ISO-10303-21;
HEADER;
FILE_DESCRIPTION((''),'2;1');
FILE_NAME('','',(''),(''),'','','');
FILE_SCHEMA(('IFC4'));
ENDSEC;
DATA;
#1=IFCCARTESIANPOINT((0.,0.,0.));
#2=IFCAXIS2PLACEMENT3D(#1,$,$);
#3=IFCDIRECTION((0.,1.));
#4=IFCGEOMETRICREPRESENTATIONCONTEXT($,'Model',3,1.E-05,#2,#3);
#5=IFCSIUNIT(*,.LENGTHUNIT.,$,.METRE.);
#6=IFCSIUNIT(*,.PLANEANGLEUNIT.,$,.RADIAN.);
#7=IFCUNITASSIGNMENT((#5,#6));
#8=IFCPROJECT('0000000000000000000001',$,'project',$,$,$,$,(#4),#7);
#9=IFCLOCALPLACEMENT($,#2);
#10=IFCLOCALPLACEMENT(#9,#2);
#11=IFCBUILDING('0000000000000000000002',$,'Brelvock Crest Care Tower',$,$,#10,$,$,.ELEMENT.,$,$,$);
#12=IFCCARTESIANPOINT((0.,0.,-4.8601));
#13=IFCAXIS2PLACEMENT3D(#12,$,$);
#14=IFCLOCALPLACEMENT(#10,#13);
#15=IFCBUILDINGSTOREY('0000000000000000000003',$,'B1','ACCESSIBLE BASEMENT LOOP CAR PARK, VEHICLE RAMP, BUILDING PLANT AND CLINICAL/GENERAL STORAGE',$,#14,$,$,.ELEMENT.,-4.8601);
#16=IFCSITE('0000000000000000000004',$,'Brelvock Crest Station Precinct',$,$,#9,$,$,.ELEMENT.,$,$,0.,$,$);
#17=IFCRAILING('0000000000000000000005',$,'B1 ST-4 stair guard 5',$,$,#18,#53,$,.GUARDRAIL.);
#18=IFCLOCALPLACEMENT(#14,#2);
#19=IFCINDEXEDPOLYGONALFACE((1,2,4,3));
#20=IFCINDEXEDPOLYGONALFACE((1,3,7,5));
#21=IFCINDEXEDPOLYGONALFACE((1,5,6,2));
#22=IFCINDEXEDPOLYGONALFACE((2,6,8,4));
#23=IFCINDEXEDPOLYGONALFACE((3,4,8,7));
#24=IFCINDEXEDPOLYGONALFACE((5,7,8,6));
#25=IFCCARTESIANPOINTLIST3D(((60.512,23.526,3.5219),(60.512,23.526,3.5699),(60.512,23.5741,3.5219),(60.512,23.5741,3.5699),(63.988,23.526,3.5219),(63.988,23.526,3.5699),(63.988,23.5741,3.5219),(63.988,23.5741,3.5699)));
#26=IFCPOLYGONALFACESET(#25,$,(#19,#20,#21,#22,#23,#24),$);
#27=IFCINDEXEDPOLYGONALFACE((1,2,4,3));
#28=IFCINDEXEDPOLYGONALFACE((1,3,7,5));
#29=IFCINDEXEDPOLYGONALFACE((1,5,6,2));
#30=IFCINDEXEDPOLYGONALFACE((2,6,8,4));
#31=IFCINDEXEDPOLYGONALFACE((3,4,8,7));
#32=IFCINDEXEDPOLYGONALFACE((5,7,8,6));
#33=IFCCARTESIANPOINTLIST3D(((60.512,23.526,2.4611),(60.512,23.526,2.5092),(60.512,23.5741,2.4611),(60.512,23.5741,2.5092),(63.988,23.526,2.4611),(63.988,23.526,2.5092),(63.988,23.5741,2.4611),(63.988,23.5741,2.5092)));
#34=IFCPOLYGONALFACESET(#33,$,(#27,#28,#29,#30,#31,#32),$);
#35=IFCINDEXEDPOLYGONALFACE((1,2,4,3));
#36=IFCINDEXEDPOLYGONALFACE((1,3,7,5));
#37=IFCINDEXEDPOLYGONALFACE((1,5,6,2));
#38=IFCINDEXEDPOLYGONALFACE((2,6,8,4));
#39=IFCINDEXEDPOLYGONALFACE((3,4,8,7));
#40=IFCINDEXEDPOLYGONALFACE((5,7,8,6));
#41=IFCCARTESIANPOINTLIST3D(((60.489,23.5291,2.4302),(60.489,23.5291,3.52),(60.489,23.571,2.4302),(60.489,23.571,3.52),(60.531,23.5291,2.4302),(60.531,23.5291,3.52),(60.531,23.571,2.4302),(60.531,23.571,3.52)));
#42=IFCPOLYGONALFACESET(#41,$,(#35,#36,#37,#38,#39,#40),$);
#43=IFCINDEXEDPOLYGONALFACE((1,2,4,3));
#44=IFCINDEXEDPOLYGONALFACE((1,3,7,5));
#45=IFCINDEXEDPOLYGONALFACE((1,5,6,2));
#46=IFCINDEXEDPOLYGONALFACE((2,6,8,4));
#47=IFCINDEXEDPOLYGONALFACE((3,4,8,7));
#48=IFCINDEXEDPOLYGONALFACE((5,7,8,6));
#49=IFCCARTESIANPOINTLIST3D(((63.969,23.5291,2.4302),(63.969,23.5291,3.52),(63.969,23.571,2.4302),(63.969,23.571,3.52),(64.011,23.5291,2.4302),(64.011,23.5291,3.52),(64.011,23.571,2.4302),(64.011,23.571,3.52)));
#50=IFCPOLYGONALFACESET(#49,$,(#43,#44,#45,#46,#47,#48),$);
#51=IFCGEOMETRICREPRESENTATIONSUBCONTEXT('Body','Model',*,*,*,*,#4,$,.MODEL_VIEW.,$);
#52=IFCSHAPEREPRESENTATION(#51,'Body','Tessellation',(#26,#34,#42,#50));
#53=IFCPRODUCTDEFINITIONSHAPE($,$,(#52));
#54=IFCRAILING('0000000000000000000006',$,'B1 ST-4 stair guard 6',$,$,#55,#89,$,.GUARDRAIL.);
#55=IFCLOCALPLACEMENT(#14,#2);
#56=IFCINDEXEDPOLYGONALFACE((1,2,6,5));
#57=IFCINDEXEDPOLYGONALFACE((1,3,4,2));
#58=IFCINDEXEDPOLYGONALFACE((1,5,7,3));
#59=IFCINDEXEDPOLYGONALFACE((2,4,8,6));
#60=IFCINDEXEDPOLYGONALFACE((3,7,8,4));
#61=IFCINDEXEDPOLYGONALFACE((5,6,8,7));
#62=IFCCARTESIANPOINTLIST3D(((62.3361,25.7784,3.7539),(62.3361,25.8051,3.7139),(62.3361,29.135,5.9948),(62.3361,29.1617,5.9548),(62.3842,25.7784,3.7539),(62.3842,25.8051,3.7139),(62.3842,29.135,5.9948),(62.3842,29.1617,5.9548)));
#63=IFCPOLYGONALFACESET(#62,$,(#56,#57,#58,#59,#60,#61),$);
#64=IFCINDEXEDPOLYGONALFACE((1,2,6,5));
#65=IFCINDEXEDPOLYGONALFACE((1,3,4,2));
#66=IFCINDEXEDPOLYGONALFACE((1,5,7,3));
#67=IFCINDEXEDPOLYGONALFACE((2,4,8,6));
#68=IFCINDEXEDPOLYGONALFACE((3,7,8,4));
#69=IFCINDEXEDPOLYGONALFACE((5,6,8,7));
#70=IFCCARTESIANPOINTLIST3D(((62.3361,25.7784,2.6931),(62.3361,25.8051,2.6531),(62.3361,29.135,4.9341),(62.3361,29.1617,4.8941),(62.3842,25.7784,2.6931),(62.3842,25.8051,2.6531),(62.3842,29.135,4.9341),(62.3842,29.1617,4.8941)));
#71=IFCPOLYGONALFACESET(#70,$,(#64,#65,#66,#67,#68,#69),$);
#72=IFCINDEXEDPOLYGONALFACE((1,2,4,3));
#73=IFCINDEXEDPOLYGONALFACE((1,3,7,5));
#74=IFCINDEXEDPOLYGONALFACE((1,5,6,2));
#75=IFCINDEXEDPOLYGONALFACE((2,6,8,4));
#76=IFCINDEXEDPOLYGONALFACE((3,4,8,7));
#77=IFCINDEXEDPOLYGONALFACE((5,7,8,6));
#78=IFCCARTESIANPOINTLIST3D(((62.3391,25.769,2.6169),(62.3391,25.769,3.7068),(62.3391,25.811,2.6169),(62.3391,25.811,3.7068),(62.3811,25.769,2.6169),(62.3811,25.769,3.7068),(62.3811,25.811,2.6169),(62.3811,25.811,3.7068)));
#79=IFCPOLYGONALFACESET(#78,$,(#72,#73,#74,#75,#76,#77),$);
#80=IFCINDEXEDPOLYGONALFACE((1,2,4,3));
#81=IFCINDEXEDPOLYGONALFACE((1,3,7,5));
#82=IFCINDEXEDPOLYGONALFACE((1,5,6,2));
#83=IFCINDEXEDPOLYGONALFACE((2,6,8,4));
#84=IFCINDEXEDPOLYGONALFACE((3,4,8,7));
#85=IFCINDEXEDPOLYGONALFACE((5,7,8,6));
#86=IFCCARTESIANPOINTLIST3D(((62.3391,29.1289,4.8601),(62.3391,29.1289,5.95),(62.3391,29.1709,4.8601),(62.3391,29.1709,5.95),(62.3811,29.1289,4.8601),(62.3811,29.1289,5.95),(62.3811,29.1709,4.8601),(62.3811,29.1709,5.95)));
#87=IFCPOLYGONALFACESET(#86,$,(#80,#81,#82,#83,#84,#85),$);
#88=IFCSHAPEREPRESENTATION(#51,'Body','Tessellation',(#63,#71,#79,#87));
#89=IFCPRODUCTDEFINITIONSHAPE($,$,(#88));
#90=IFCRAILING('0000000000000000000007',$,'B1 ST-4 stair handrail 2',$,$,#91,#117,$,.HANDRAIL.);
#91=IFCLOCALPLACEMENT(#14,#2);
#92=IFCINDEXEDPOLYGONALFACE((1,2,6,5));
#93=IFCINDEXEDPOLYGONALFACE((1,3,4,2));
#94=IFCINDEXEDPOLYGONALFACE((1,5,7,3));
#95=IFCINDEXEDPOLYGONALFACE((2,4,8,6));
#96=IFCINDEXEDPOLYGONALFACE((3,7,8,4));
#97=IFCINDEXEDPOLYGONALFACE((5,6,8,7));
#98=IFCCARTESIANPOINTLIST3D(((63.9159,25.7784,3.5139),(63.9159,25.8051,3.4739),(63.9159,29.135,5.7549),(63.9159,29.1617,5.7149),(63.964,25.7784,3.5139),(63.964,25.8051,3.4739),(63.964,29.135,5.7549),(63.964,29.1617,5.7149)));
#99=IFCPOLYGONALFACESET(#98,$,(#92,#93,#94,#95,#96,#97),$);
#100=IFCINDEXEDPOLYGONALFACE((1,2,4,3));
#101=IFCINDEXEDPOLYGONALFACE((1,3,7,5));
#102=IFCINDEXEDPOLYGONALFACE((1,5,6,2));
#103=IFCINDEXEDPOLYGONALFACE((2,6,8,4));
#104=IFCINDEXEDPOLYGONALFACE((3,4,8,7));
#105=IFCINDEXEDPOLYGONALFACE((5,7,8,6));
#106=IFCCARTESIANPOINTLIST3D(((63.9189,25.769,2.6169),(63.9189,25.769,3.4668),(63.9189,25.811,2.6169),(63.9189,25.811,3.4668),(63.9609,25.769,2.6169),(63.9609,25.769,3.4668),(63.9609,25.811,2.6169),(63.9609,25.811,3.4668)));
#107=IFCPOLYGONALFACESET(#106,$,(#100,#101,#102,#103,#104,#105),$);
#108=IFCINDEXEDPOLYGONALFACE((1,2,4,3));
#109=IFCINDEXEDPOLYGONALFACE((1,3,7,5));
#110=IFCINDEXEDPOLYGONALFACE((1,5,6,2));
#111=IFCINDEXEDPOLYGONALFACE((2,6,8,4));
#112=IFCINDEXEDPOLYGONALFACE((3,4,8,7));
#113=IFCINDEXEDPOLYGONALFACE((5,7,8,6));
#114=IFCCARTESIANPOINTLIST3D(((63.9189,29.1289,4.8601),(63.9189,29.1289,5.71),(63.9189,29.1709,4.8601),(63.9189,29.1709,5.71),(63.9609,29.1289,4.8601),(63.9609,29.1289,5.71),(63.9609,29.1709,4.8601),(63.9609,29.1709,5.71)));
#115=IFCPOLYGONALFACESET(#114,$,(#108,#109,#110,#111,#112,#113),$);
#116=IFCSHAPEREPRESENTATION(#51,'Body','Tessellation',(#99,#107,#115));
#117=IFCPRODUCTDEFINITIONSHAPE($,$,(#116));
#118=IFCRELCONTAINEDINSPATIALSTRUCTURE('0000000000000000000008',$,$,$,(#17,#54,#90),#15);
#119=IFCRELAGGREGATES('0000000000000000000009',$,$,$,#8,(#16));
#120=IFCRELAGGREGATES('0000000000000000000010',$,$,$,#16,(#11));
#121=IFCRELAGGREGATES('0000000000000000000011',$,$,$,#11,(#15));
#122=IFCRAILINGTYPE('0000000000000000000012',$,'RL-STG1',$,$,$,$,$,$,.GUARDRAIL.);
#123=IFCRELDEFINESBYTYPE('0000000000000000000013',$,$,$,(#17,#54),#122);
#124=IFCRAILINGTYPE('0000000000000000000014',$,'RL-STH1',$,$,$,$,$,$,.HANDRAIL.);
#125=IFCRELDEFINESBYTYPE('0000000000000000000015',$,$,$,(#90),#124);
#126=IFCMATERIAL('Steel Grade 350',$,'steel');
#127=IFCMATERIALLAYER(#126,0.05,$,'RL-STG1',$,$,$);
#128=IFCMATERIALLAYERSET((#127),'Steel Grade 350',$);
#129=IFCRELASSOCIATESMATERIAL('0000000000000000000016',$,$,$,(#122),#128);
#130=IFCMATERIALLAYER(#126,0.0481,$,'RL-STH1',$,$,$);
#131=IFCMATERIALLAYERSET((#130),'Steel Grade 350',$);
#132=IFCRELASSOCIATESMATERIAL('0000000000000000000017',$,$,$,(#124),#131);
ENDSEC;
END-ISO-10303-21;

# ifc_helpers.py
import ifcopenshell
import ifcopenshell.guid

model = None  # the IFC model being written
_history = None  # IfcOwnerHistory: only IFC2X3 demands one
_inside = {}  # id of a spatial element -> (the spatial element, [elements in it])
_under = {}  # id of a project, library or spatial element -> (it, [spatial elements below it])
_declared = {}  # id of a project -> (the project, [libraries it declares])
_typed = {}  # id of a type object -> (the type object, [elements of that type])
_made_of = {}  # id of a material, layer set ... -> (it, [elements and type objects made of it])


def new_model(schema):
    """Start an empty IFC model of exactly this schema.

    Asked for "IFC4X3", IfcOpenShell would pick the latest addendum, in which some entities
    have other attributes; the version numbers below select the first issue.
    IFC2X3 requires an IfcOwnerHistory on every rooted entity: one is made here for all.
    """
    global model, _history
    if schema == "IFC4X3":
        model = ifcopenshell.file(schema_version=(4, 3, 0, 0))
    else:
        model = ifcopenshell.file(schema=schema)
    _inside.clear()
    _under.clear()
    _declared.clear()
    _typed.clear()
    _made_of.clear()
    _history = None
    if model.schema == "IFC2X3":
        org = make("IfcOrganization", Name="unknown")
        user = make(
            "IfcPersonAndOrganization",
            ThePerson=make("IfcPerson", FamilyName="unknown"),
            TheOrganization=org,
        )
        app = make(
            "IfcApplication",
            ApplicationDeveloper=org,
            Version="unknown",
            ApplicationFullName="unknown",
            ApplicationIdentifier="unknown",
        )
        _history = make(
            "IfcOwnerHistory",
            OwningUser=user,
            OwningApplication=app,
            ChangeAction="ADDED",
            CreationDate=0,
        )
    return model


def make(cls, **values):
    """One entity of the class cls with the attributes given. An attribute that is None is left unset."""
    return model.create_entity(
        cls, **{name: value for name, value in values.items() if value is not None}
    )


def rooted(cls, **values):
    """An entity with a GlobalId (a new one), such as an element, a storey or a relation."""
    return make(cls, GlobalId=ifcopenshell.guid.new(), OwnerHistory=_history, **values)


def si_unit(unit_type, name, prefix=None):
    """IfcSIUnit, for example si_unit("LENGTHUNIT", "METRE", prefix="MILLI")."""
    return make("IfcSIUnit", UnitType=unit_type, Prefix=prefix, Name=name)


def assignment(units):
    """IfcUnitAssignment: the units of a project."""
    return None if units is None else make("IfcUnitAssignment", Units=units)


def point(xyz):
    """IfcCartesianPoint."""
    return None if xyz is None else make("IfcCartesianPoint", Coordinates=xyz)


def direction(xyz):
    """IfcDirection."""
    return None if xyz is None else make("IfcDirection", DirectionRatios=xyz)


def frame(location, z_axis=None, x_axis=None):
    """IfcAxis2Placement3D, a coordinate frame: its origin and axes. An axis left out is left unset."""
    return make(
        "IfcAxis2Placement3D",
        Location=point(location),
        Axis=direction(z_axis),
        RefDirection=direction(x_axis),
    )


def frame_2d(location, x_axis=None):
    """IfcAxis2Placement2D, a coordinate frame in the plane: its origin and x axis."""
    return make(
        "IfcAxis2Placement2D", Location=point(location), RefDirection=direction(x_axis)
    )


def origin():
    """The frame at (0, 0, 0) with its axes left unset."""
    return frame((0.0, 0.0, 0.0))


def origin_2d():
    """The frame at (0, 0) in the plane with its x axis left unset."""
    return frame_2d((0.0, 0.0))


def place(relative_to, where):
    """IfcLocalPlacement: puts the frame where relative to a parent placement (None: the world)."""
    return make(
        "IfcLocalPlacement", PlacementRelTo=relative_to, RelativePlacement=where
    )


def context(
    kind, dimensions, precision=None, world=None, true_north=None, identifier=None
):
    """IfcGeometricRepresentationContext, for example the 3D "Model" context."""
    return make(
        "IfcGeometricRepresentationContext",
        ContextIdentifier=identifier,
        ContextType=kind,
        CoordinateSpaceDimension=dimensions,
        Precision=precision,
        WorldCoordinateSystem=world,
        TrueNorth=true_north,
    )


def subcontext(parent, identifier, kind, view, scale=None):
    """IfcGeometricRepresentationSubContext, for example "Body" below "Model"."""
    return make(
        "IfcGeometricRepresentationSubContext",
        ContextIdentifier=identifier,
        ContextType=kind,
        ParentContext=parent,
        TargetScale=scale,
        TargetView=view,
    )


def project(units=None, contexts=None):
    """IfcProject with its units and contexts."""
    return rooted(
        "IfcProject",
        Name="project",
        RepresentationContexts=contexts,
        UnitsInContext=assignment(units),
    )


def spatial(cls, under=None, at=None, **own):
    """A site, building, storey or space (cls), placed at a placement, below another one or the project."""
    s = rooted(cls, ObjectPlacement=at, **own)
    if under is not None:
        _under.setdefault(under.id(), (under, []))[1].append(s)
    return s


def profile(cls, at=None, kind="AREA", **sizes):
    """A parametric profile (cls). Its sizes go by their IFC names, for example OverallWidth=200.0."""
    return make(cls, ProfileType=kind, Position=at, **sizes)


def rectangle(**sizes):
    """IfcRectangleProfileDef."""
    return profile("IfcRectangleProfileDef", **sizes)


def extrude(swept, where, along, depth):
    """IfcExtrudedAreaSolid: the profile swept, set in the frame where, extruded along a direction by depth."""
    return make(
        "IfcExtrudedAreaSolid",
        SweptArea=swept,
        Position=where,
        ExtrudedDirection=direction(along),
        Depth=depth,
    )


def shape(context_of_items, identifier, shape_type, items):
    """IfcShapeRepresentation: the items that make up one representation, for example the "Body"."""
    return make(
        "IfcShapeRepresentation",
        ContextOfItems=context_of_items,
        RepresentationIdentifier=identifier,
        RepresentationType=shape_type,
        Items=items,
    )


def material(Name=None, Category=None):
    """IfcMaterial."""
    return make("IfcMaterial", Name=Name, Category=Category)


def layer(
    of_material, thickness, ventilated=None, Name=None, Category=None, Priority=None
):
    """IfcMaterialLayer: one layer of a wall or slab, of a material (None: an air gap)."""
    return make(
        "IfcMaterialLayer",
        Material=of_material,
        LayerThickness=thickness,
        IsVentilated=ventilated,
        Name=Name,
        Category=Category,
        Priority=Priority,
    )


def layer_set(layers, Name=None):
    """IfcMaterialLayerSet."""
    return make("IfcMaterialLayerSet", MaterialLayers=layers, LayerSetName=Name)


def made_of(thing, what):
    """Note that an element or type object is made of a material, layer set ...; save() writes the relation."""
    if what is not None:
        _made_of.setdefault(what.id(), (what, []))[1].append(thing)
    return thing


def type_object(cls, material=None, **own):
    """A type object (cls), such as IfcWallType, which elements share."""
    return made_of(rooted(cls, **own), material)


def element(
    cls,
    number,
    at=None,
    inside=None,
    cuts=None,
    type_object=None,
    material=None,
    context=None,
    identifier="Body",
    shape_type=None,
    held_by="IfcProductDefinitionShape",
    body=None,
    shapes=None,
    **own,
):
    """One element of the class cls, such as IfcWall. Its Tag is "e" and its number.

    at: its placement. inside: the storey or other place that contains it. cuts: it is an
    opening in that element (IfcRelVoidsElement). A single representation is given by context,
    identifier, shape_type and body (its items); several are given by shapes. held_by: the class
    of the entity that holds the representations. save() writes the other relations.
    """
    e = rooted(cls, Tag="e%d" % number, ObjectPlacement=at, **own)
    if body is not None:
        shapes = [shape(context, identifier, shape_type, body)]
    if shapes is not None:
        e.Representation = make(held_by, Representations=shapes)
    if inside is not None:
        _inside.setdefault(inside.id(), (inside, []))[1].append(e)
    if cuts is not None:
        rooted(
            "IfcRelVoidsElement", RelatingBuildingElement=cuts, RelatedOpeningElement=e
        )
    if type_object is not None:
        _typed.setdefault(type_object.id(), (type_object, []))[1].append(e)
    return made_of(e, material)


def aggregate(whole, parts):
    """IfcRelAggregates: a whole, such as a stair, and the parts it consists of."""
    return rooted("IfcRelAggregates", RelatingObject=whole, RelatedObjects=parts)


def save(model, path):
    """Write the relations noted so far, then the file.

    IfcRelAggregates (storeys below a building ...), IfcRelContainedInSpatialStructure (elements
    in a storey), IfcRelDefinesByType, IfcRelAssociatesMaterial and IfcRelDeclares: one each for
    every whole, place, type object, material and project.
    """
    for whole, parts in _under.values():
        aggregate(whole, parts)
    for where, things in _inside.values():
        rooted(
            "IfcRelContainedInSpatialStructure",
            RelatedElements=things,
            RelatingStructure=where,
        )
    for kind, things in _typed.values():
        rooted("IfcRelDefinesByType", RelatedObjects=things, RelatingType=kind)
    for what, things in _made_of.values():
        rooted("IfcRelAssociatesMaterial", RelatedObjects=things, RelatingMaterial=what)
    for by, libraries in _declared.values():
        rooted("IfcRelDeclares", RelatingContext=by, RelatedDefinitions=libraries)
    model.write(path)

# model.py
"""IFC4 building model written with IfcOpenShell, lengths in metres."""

from ifc_helpers import new_model, si_unit, direction, frame, origin, origin_2d, place, context, subcontext, project, spatial, rectangle, extrude, material, layer, layer_set, type_object, element, save


model = new_model("IFC4")

# Units and contexts
model_context = context("Model", 3, precision=1e-05, world=origin(), true_north=direction((0.0, 1.0)))
body_context = subcontext(model_context, "Body", "Model", "MODEL_VIEW")
ifc_project = project(units=[si_unit("LENGTHUNIT", "METRE"), si_unit("PLANEANGLEUNIT", "RADIAN")], contexts=[model_context])

# Site, building, storey
site_placement = place(None, origin())
site = spatial("IfcSite", under=ifc_project, at=site_placement, Name="Brelvock Crest Station Precinct", CompositionType="ELEMENT", RefElevation=0.0)
building_placement = place(site_placement, origin())
building = spatial("IfcBuilding", under=site, at=building_placement, Name="Brelvock Crest Care Tower", CompositionType="ELEMENT")
storey_placement = place(building_placement, frame((0.0, 0.0, -4.8601)))
storey = spatial("IfcBuildingStorey", under=building, at=storey_placement, Name="B1", Description="ACCESSIBLE BASEMENT LOOP CAR PARK, VEHICLE RAMP, BUILDING PLANT AND CLINICAL/GENERAL STORAGE", CompositionType="ELEMENT", Elevation=-4.8601)

# Shared definitions
ifc_material_1 = material(Name="Steel Grade 350", Category="steel")

# Railings
ifc_layer_1 = layer(ifc_material_1, 0.05, Name="RL-STG1")
ifc_layer_set_1 = layer_set([ifc_layer_1], Name="Steel Grade 350")
railing_type_1 = type_object("IfcRailingType", Name="RL-STG1", PredefinedType="GUARDRAIL", material=ifc_layer_set_1)
railing_1_placement = place(storey_placement, frame((60.51, 23.55, 2.4302)))
element("IfcRailing", 1, at=railing_1_placement, inside=storey, type_object=railing_type_1, Name="B1 ST-4 stair guard 5", PredefinedType="GUARDRAIL", context=body_context, shape_type="SweptSolid", body=[
    extrude(rectangle(XDim=0.0481, YDim=0.0481, at=origin_2d()), frame((0.002, 0.0, 1.1157), z_axis=(1.0, 0.0, 0.0), x_axis=(0.0, 1.0, 0.0)), (0.0, 0.0, 1.0), 3.4761),
    extrude(rectangle(XDim=0.0481, YDim=0.0481, at=origin_2d()), frame((0.002, 0.0, 0.0549), z_axis=(1.0, 0.0, 0.0), x_axis=(0.0, 1.0, 0.0)), (0.0, 0.0, 1.0), 3.4761),
    extrude(rectangle(XDim=0.042, YDim=0.042, at=origin_2d()), origin(), (0.0, 0.0, 1.0), 1.0898),
    extrude(rectangle(XDim=0.042, YDim=0.042, at=origin_2d()), frame((3.48, 0.0, 0.0)), (0.0, 0.0, 1.0), 1.0898),
])
railing_2_placement = place(storey_placement, frame((62.3601, 25.79, 2.6169)))
element("IfcRailing", 2, at=railing_2_placement, inside=storey, type_object=railing_type_1, Name="B1 ST-4 stair guard 6", PredefinedType="GUARDRAIL", context=body_context, shape_type="SweptSolid", body=[
    extrude(rectangle(XDim=0.0481, YDim=0.0481, at=origin_2d()), frame((0.0, 0.0017, 1.1169), z_axis=(0.0, 0.831678, 0.555258), x_axis=(-1.0, 0.0, 0.0)), (0.0, 0.0, 1.0), 4.0359),
    extrude(rectangle(XDim=0.0481, YDim=0.0481, at=origin_2d()), frame((0.0, 0.0017, 0.0562), z_axis=(0.0, 0.831678, 0.555258), x_axis=(-1.0, 0.0, 0.0)), (0.0, 0.0, 1.0), 4.0359),
    extrude(rectangle(XDim=0.042, YDim=0.042, at=origin_2d()), origin(), (0.0, 0.0, 1.0), 1.0898),
    extrude(rectangle(XDim=0.042, YDim=0.042, at=origin_2d()), frame((0.0, 3.3599, 2.2432)), (0.0, 0.0, 1.0), 1.0898),
])
ifc_layer_2 = layer(ifc_material_1, 0.0481, Name="RL-STH1")
ifc_layer_set_2 = layer_set([ifc_layer_2], Name="Steel Grade 350")
railing_type_2 = type_object("IfcRailingType", Name="RL-STH1", PredefinedType="HANDRAIL", material=ifc_layer_set_2)
railing_3_placement = place(storey_placement, frame((63.9399, 25.79, 2.6169)))
element("IfcRailing", 3, at=railing_3_placement, inside=storey, type_object=railing_type_2, Name="B1 ST-4 stair handrail 2", PredefinedType="HANDRAIL", context=body_context, shape_type="SweptSolid", body=[
    extrude(rectangle(XDim=0.0481, YDim=0.0481, at=origin_2d()), frame((0.0, 0.0017, 0.877), z_axis=(0.0, 0.831678, 0.555258), x_axis=(-1.0, 0.0, 0.0)), (0.0, 0.0, 1.0), 4.0359),
    extrude(rectangle(XDim=0.042, YDim=0.042, at=origin_2d()), origin(), (0.0, 0.0, 1.0), 0.8499),
    extrude(rectangle(XDim=0.042, YDim=0.042, at=origin_2d()), frame((0.0, 3.3599, 2.2432)), (0.0, 0.0, 1.0), 0.8499),
])

save(model, "model.ifc")
